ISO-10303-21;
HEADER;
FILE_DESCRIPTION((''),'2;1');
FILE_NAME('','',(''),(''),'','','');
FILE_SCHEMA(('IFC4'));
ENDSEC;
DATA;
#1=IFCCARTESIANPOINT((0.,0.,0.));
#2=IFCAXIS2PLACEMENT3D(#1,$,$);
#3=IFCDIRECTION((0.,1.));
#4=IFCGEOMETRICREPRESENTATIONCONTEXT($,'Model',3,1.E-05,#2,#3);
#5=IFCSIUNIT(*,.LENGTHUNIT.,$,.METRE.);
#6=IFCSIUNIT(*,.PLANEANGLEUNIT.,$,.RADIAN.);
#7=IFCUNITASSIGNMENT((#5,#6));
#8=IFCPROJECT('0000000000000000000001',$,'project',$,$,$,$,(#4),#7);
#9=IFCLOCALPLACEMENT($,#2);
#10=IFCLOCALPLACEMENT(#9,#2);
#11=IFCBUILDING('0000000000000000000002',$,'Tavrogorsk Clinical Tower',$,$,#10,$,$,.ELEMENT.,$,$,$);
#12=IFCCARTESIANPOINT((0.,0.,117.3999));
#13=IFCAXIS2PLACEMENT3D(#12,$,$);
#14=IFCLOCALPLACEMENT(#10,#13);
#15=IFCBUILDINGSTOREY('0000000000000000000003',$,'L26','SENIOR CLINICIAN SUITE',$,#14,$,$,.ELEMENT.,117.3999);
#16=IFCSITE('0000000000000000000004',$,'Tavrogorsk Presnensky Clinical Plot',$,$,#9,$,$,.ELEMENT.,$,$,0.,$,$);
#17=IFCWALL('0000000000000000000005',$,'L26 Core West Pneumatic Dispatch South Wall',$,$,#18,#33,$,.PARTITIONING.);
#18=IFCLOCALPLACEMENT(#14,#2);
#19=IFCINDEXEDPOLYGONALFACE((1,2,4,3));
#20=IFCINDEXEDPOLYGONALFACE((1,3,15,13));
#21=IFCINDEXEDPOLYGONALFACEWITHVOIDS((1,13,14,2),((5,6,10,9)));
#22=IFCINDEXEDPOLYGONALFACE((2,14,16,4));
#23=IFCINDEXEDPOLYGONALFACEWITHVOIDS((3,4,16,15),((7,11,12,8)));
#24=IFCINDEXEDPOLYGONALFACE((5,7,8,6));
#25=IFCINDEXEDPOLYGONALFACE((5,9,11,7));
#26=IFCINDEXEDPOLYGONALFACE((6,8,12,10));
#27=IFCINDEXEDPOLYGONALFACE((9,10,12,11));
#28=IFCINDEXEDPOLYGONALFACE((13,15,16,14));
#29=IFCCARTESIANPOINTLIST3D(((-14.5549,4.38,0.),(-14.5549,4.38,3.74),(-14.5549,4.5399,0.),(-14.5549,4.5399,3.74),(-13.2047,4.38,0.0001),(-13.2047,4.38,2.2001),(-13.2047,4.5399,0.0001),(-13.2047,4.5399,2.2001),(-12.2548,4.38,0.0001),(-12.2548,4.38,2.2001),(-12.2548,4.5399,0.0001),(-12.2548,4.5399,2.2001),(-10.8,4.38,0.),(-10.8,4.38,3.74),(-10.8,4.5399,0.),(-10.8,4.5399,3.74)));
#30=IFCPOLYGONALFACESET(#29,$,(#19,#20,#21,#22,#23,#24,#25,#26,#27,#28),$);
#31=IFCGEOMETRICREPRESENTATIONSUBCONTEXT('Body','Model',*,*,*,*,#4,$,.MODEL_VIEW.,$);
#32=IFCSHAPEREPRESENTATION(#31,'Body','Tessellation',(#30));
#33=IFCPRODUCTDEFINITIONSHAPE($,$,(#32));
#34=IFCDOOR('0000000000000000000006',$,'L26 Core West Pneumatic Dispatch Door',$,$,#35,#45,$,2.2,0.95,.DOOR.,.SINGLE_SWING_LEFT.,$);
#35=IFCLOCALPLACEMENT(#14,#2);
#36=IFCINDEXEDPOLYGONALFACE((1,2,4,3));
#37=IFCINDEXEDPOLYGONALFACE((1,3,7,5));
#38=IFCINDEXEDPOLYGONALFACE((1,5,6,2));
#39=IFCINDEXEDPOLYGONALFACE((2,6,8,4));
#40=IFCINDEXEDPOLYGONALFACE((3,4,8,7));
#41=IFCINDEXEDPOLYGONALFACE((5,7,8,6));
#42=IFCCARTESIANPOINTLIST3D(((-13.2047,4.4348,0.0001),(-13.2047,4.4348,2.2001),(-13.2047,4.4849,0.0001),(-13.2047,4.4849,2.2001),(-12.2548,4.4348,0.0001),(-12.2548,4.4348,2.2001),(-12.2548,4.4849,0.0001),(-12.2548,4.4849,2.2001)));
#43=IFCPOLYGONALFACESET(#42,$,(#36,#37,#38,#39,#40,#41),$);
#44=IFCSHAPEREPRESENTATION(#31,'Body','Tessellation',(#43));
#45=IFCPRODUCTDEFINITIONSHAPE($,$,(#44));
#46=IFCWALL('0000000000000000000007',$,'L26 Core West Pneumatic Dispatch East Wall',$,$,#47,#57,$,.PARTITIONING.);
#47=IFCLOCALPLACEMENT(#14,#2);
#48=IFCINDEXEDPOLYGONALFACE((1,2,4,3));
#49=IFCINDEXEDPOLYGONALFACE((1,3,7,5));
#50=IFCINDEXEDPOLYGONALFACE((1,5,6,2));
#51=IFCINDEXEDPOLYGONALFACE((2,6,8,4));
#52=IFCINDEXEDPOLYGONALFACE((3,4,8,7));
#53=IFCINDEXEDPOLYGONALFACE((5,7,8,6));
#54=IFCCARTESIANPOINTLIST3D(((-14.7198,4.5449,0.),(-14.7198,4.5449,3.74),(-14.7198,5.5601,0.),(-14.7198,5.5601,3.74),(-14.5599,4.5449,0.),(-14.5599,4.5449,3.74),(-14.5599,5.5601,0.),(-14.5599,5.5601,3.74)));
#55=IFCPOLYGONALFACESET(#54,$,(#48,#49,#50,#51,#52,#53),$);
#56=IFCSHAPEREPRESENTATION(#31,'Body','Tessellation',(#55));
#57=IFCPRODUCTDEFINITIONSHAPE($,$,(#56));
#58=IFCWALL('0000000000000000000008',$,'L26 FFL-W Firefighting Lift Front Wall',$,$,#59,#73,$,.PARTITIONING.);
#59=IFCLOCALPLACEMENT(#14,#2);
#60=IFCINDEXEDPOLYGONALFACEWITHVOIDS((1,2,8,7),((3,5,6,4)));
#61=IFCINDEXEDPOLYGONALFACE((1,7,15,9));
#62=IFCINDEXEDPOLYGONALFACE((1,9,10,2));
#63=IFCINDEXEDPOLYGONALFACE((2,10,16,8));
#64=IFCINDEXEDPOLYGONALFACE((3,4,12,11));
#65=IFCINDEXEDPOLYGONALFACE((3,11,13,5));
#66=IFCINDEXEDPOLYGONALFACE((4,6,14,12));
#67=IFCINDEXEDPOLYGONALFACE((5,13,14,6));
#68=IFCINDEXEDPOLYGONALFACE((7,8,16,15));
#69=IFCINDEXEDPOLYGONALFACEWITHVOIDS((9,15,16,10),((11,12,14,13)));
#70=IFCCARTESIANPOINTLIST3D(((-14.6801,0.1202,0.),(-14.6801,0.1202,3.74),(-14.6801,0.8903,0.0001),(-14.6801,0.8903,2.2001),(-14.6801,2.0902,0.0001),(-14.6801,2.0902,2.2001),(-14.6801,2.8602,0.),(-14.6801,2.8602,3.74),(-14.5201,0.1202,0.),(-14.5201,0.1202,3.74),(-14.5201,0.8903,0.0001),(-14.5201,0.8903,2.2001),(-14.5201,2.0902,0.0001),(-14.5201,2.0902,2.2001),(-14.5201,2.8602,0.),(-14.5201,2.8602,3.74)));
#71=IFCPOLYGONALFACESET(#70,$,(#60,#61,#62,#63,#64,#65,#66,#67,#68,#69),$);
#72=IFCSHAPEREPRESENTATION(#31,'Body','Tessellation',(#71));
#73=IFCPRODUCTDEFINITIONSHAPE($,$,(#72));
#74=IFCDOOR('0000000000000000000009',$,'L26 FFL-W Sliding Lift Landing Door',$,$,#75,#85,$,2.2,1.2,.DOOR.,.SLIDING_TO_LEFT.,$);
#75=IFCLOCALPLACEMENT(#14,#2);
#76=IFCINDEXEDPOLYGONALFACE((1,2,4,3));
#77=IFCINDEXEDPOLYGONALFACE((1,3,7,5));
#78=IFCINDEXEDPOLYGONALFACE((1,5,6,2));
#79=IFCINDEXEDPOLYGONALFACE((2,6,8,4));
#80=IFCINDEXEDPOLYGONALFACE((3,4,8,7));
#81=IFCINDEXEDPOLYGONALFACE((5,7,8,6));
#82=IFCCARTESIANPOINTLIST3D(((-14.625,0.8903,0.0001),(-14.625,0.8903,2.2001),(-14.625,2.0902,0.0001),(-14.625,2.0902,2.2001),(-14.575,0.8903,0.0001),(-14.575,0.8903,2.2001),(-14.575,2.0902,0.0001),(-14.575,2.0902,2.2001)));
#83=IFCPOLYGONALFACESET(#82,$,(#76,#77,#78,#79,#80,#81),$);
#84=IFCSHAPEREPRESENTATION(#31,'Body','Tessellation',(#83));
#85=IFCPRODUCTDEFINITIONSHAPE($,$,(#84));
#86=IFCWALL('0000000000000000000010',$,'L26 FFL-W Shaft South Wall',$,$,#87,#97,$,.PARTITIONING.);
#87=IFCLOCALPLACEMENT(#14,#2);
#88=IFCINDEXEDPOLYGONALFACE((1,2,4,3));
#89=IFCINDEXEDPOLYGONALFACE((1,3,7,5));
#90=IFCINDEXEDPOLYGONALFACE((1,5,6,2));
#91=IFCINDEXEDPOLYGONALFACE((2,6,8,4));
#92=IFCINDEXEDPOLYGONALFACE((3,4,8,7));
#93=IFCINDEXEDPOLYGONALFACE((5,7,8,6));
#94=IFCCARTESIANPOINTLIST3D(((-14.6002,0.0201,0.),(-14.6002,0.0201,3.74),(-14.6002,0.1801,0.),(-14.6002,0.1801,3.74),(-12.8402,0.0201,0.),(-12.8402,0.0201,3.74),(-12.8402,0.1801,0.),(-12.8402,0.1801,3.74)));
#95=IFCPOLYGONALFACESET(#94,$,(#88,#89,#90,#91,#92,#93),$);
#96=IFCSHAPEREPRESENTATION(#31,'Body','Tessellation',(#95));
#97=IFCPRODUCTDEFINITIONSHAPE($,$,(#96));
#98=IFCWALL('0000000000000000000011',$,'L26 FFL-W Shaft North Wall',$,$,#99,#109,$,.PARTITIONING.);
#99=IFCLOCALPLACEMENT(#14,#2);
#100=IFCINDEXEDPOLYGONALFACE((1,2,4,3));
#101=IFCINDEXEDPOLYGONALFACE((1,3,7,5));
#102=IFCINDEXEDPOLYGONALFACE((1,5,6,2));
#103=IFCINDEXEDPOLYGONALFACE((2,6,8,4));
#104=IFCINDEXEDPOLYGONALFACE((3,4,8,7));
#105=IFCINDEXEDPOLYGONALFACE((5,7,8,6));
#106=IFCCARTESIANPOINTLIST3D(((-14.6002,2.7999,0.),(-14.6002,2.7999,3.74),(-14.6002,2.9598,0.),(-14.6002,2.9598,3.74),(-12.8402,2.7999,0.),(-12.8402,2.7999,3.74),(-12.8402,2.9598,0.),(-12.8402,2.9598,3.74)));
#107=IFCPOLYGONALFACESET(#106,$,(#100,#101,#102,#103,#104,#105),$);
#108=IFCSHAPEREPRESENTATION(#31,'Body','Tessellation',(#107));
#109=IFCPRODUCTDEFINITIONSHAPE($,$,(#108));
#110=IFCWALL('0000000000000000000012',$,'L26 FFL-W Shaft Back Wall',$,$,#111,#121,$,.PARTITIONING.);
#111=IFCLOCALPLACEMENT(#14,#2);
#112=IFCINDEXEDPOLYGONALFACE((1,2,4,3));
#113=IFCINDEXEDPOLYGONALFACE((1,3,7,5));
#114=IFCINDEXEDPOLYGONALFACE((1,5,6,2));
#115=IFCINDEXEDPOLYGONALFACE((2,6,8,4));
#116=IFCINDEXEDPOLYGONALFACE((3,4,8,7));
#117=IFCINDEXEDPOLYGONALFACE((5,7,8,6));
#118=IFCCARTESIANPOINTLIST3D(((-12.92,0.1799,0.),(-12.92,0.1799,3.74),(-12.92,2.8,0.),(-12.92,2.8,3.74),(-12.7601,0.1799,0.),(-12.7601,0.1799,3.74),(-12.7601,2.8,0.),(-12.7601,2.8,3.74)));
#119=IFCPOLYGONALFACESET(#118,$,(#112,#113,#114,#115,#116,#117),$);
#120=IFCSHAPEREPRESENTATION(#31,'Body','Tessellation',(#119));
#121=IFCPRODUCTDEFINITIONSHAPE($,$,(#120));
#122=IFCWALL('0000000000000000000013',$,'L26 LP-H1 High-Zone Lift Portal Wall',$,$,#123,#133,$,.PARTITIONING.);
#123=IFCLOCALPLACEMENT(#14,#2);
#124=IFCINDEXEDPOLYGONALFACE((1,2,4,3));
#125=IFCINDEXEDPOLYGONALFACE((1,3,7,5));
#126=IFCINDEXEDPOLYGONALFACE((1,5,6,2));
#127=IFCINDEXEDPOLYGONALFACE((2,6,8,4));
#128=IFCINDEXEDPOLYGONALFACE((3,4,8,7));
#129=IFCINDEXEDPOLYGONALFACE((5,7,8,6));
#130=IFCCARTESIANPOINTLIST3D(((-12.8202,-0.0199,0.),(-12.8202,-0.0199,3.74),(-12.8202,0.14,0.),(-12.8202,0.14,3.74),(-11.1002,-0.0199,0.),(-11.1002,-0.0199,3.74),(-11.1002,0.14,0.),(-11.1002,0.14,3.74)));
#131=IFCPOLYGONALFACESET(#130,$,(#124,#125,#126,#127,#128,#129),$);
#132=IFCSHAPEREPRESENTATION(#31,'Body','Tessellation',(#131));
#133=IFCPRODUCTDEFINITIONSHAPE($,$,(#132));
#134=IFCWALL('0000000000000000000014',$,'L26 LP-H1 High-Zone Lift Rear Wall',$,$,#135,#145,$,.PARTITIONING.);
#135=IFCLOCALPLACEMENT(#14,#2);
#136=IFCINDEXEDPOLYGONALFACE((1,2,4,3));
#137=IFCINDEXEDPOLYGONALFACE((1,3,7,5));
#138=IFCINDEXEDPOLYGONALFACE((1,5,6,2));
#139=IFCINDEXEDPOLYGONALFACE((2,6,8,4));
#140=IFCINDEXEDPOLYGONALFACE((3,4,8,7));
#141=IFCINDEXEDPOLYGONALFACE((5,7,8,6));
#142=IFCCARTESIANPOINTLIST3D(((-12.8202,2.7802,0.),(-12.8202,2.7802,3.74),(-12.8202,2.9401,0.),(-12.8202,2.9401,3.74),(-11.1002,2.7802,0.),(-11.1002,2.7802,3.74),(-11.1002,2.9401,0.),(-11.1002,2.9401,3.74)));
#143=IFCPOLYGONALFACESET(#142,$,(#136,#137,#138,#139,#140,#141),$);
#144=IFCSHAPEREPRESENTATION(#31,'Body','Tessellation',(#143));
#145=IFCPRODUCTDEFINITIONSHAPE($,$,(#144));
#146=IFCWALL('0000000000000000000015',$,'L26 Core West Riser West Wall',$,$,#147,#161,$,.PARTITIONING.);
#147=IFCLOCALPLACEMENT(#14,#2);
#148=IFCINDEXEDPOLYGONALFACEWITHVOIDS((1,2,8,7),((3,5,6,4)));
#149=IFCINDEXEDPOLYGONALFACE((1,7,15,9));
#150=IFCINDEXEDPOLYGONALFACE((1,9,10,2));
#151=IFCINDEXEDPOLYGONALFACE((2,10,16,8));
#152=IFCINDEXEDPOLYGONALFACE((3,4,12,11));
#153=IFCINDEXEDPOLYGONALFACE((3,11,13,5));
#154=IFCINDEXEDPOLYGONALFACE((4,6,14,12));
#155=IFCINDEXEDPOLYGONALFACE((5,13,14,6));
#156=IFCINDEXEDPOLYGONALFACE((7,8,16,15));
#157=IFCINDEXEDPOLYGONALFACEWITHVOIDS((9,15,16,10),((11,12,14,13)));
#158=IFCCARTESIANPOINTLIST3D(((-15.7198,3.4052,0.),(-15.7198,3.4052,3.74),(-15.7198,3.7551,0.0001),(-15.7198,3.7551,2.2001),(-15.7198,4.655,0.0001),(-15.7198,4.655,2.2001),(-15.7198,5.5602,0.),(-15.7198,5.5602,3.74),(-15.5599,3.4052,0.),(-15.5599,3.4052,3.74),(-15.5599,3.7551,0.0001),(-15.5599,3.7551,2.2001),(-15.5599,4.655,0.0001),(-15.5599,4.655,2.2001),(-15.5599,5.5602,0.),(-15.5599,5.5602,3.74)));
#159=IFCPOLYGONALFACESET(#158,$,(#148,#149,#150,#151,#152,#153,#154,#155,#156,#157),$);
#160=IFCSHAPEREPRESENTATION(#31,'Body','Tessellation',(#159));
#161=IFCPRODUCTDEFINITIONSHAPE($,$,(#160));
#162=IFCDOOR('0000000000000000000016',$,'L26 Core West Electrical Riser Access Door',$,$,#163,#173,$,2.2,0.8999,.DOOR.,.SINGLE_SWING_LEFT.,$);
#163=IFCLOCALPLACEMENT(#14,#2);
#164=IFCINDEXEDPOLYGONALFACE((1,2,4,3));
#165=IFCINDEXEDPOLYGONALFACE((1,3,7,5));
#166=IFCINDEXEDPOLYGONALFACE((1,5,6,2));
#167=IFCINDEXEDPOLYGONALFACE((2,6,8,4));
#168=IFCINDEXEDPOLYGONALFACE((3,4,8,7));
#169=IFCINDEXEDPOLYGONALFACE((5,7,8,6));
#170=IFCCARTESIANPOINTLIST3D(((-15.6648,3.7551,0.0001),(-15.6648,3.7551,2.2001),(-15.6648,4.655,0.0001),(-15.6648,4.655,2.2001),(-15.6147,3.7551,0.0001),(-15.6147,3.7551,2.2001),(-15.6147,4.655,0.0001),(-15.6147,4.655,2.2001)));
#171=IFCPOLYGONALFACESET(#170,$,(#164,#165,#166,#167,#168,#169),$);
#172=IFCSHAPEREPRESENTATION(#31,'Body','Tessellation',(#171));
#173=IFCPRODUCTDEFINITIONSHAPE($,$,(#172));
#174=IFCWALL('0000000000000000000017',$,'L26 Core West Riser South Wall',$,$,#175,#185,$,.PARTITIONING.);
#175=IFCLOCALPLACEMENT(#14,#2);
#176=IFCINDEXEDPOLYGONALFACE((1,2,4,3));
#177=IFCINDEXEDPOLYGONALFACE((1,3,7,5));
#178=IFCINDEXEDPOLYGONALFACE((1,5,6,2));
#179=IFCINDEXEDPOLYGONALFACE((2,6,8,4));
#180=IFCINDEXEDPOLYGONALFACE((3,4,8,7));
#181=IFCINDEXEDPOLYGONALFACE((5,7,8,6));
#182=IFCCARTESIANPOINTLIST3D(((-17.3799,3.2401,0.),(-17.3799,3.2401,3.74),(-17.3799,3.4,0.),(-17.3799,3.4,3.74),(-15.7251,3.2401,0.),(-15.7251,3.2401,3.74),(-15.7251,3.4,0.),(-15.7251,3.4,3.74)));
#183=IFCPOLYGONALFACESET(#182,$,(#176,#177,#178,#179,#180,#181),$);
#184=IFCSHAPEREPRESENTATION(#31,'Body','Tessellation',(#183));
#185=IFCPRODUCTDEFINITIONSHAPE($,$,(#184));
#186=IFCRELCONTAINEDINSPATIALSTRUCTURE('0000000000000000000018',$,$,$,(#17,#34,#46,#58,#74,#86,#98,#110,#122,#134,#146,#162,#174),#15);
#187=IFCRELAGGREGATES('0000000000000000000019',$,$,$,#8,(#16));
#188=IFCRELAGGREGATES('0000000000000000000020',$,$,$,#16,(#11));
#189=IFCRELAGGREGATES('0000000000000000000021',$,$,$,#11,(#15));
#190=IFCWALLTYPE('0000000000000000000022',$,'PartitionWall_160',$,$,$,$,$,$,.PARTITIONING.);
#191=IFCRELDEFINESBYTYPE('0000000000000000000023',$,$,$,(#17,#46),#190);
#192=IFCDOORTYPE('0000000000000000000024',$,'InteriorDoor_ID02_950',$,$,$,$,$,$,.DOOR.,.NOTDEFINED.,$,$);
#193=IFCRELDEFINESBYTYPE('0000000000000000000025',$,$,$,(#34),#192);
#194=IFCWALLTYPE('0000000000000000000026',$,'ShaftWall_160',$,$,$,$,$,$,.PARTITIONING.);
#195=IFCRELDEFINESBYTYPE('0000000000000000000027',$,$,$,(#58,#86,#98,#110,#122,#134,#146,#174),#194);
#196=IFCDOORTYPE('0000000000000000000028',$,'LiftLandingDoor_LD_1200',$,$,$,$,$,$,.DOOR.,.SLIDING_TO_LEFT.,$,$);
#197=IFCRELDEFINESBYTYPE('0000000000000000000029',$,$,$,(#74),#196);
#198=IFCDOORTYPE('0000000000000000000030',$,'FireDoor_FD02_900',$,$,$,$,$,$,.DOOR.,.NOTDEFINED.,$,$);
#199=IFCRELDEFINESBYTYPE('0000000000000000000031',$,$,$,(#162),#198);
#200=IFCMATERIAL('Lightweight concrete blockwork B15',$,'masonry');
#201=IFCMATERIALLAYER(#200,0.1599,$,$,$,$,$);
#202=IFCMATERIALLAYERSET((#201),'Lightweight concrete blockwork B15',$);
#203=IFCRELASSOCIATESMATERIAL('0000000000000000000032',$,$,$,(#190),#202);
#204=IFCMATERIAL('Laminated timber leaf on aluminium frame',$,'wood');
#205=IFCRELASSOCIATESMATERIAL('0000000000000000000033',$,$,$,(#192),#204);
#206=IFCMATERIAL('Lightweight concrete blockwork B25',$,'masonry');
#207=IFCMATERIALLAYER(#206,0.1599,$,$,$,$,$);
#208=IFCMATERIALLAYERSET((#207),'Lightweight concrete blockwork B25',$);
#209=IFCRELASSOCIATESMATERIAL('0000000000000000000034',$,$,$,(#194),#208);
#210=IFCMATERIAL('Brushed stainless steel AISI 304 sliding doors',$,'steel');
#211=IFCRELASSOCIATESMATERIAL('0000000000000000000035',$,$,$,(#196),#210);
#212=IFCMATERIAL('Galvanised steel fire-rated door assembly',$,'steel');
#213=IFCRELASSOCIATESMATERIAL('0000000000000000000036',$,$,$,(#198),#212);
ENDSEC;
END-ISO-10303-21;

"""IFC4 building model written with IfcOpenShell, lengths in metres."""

from ifc_helpers import new_model, si_unit, direction, frame, frame_2d, origin, place, context, subcontext, project, spatial, rectangle, extrude, material, layer, layer_set, type_object, element, fill, save


model = new_model("IFC4")

# Units and contexts
model_context = context("Model", 3, precision=1e-05, world=origin(), true_north=direction((0.0, 1.0)))
body_context = subcontext(model_context, "Body", "Model", "MODEL_VIEW")
ifc_project = project(units=[si_unit("LENGTHUNIT", "METRE"), si_unit("PLANEANGLEUNIT", "RADIAN")], contexts=[model_context])

# Site, building, storey
site_placement = place(None, origin())
site = spatial("IfcSite", under=ifc_project, at=site_placement, Name="Tavrogorsk Presnensky Clinical Plot", CompositionType="ELEMENT", RefElevation=0.0)
building_placement = place(site_placement, origin())
building = spatial("IfcBuilding", under=site, at=building_placement, Name="Tavrogorsk Clinical Tower", CompositionType="ELEMENT")
storey_placement = place(building_placement, frame((0.0, 0.0, 117.3999)))
storey = spatial("IfcBuildingStorey", under=building, at=storey_placement, Name="L26", Description="SENIOR CLINICIAN SUITE", CompositionType="ELEMENT", Elevation=117.3999)

# Wall, opening, door
ifc_material_1 = material(Name="Lightweight concrete blockwork B15", Category="masonry")
ifc_layer_1 = layer(ifc_material_1, 0.1599)
ifc_layer_set_1 = layer_set([ifc_layer_1], Name="Lightweight concrete blockwork B15")
wall_type_1 = type_object("IfcWallType", Name="PartitionWall_160", PredefinedType="PARTITIONING", material=ifc_layer_set_1)
wall_1_placement = place(storey_placement, frame((-14.5549, 4.46, 0.0), z_axis=(0.0, 0.0, 1.0), x_axis=(1.0, 0.0, 0.0)))
wall_1 = element("IfcWall", 1, at=wall_1_placement, inside=storey, type_object=wall_type_1, Name="L26 Core West Pneumatic Dispatch South Wall", PredefinedType="PARTITIONING", context=body_context, shape_type="SweptSolid", body=[
    extrude(rectangle(XDim=3.7549, YDim=0.1599, at=frame_2d((1.8774, 0.0))), origin(), (0.0, 0.0, 1.0), 3.74),
])
opening_1_placement = place(wall_1_placement, frame((1.3501, 0.0, 0.0)))
opening_1 = element("IfcOpeningElement", 2, at=opening_1_placement, cuts=wall_1, PredefinedType="OPENING", context=body_context, shape_type="SweptSolid", body=[
    extrude(rectangle(XDim=0.95, YDim=2.2, at=frame_2d((0.4751, 1.1001))), frame((0.0, 0.0898, 0.0), z_axis=(0.0, -1.0, 0.0), x_axis=(1.0, 0.0, 0.0)), (0.0, 0.0, 1.0), 0.1799),
])
ifc_material_2 = material(Name="Laminated timber leaf on aluminium frame", Category="wood")
door_type_1 = type_object("IfcDoorType", Name="InteriorDoor_ID02_950", OperationType="NOTDEFINED", PredefinedType="DOOR", material=ifc_material_2)
door_1_placement = place(opening_1_placement, origin())
door_1 = element("IfcDoor", 3, at=door_1_placement, inside=storey, type_object=door_type_1, Name="L26 Core West Pneumatic Dispatch Door", OperationType="SINGLE_SWING_LEFT", OverallHeight=2.2, OverallWidth=0.95, PredefinedType="DOOR", context=body_context, shape_type="SweptSolid", body=[
    extrude(rectangle(XDim=0.95, YDim=2.2, at=frame_2d((0.4751, 1.1001))), frame((0.0, 0.0249, 0.0), z_axis=(0.0, -1.0, 0.0), x_axis=(1.0, 0.0, 0.0)), (0.0, 0.0, 1.0), 0.05),
])
fill(opening_1, door_1)

# Wall
wall_2_placement = place(storey_placement, frame((-14.6399, 4.5449, 0.0), z_axis=(0.0, 0.0, 1.0), x_axis=(0.0, 1.0, 0.0)))
element("IfcWall", 4, at=wall_2_placement, inside=storey, type_object=wall_type_1, Name="L26 Core West Pneumatic Dispatch East Wall", PredefinedType="PARTITIONING", context=body_context, shape_type="SweptSolid", body=[
    extrude(rectangle(XDim=1.0151, YDim=0.1599, at=frame_2d((0.5076, 0.0))), origin(), (0.0, 0.0, 1.0), 3.74),
])

# Wall, opening, door
ifc_material_3 = material(Name="Lightweight concrete blockwork B25", Category="masonry")
ifc_layer_2 = layer(ifc_material_3, 0.1599)
ifc_layer_set_2 = layer_set([ifc_layer_2], Name="Lightweight concrete blockwork B25")
wall_type_2 = type_object("IfcWallType", Name="ShaftWall_160", PredefinedType="PARTITIONING", material=ifc_layer_set_2)
wall_3_placement = place(storey_placement, frame((-14.6001, 0.1201, 0.0), z_axis=(0.0, 0.0, 1.0), x_axis=(0.0, 1.0, 0.0)))
wall_3 = element("IfcWall", 5, at=wall_3_placement, inside=storey, type_object=wall_type_2, Name="L26 FFL-W Firefighting Lift Front Wall", PredefinedType="PARTITIONING", context=body_context, shape_type="SweptSolid", body=[
    extrude(rectangle(XDim=2.74, YDim=0.1599, at=frame_2d((1.3701, 0.0))), origin(), (0.0, 0.0, 1.0), 3.74),
])
opening_2_placement = place(wall_3_placement, frame((0.77, 0.0, 0.0)))
opening_2 = element("IfcOpeningElement", 6, at=opening_2_placement, cuts=wall_3, PredefinedType="OPENING", context=body_context, shape_type="SweptSolid", body=[
    extrude(rectangle(XDim=1.2, YDim=2.2, at=frame_2d((0.6001, 1.1001))), frame((0.0, 0.0898, 0.0), z_axis=(0.0, -1.0, 0.0), x_axis=(1.0, 0.0, 0.0)), (0.0, 0.0, 1.0), 0.1799),
])
ifc_material_4 = material(Name="Brushed stainless steel AISI 304 sliding doors", Category="steel")
door_type_2 = type_object("IfcDoorType", Name="LiftLandingDoor_LD_1200", OperationType="SLIDING_TO_LEFT", PredefinedType="DOOR", material=ifc_material_4)
door_2_placement = place(opening_2_placement, origin())
door_2 = element("IfcDoor", 7, at=door_2_placement, inside=storey, type_object=door_type_2, Name="L26 FFL-W Sliding Lift Landing Door", OperationType="SLIDING_TO_LEFT", OverallHeight=2.2, OverallWidth=1.2, PredefinedType="DOOR", context=body_context, shape_type="SweptSolid", body=[
    extrude(rectangle(XDim=1.2, YDim=2.2, at=frame_2d((0.6001, 1.1001))), frame((0.0, 0.0249, 0.0), z_axis=(0.0, -1.0, 0.0), x_axis=(1.0, 0.0, 0.0)), (0.0, 0.0, 1.0), 0.05),
])
fill(opening_2, door_2)

# Walls
for number, where, z_axis, x_axis, name in (
    (8, (-14.6001, 0.1001, 0.0), (0.0, 0.0, 1.0), (1.0, 0.0, 0.0), "L26 FFL-W Shaft South Wall"),
    (9, (-14.6001, 2.8799, 0.0), (0.0, 0.0, 1.0), (1.0, 0.0, 0.0), "L26 FFL-W Shaft North Wall"),
):
    element("IfcWall", number, at=place(storey_placement, frame(where, z_axis=z_axis, x_axis=x_axis)), inside=storey, type_object=wall_type_2, Name=name, PredefinedType="PARTITIONING", context=body_context, shape_type="SweptSolid", body=[
        extrude(rectangle(XDim=1.76, YDim=0.1599, at=frame_2d((0.8799, 0.0))), origin(), (0.0, 0.0, 1.0), 3.74),
    ])
wall_4_placement = place(storey_placement, frame((-12.8401, 0.1799, 0.0), z_axis=(0.0, 0.0, 1.0), x_axis=(0.0, 1.0, 0.0)))
element("IfcWall", 10, at=wall_4_placement, inside=storey, type_object=wall_type_2, Name="L26 FFL-W Shaft Back Wall", PredefinedType="PARTITIONING", context=body_context, shape_type="SweptSolid", body=[
    extrude(rectangle(XDim=2.6201, YDim=0.1599, at=frame_2d((1.3101, 0.0))), origin(), (0.0, 0.0, 1.0), 3.74),
])
for number, where, z_axis, x_axis, name in (
    (11, (-12.8201, 0.0601, 0.0), (0.0, 0.0, 1.0), (1.0, 0.0, 0.0), "L26 LP-H1 High-Zone Lift Portal Wall"),
    (12, (-12.8201, 2.8601, 0.0), (0.0, 0.0, 1.0), (1.0, 0.0, 0.0), "L26 LP-H1 High-Zone Lift Rear Wall"),
):
    element("IfcWall", number, at=place(storey_placement, frame(where, z_axis=z_axis, x_axis=x_axis)), inside=storey, type_object=wall_type_2, Name=name, PredefinedType="PARTITIONING", context=body_context, shape_type="SweptSolid", body=[
        extrude(rectangle(XDim=1.72, YDim=0.1599, at=frame_2d((0.8599, 0.0))), origin(), (0.0, 0.0, 1.0), 3.74),
    ])

# Wall, opening, door
wall_5_placement = place(storey_placement, frame((-15.6399, 3.405, 0.0), z_axis=(0.0, 0.0, 1.0), x_axis=(0.0, 1.0, 0.0)))
wall_5 = element("IfcWall", 13, at=wall_5_placement, inside=storey, type_object=wall_type_2, Name="L26 Core West Riser West Wall", PredefinedType="PARTITIONING", context=body_context, shape_type="SweptSolid", body=[
    extrude(rectangle(XDim=2.155, YDim=0.1599, at=frame_2d((1.0776, 0.0))), origin(), (0.0, 0.0, 1.0), 3.74),
])
opening_3_placement = place(wall_5_placement, frame((0.3501, 0.0, 0.0)))
opening_3 = element("IfcOpeningElement", 14, at=opening_3_placement, cuts=wall_5, PredefinedType="OPENING", context=body_context, shape_type="SweptSolid", body=[
    extrude(rectangle(XDim=0.8999, YDim=2.2, at=frame_2d((0.45, 1.1001))), frame((0.0, 0.0898, 0.0), z_axis=(0.0, -1.0, 0.0), x_axis=(1.0, 0.0, 0.0)), (0.0, 0.0, 1.0), 0.1799),
])
ifc_material_5 = material(Name="Galvanised steel fire-rated door assembly", Category="steel")
door_type_3 = type_object("IfcDoorType", Name="FireDoor_FD02_900", OperationType="NOTDEFINED", PredefinedType="DOOR", material=ifc_material_5)
door_3_placement = place(opening_3_placement, origin())
door_3 = element("IfcDoor", 15, at=door_3_placement, inside=storey, type_object=door_type_3, Name="L26 Core West Electrical Riser Access Door", OperationType="SINGLE_SWING_LEFT", OverallHeight=2.2, OverallWidth=0.8999, PredefinedType="DOOR", context=body_context, shape_type="SweptSolid", body=[
    extrude(rectangle(XDim=0.8999, YDim=2.2, at=frame_2d((0.45, 1.1001))), frame((0.0, 0.0249, 0.0), z_axis=(0.0, -1.0, 0.0), x_axis=(1.0, 0.0, 0.0)), (0.0, 0.0, 1.0), 0.05),
])
fill(opening_3, door_3)

# Wall
wall_6_placement = place(storey_placement, frame((-17.3799, 3.3201, 0.0), z_axis=(0.0, 0.0, 1.0), x_axis=(1.0, 0.0, 0.0)))
element("IfcWall", 16, at=wall_6_placement, inside=storey, type_object=wall_type_2, Name="L26 Core West Riser South Wall", PredefinedType="PARTITIONING", context=body_context, shape_type="SweptSolid", body=[
    extrude(rectangle(XDim=1.6548, YDim=0.1599, at=frame_2d((0.8274, 0.0))), origin(), (0.0, 0.0, 1.0), 3.74),
])

save(model, "model.ifc")
